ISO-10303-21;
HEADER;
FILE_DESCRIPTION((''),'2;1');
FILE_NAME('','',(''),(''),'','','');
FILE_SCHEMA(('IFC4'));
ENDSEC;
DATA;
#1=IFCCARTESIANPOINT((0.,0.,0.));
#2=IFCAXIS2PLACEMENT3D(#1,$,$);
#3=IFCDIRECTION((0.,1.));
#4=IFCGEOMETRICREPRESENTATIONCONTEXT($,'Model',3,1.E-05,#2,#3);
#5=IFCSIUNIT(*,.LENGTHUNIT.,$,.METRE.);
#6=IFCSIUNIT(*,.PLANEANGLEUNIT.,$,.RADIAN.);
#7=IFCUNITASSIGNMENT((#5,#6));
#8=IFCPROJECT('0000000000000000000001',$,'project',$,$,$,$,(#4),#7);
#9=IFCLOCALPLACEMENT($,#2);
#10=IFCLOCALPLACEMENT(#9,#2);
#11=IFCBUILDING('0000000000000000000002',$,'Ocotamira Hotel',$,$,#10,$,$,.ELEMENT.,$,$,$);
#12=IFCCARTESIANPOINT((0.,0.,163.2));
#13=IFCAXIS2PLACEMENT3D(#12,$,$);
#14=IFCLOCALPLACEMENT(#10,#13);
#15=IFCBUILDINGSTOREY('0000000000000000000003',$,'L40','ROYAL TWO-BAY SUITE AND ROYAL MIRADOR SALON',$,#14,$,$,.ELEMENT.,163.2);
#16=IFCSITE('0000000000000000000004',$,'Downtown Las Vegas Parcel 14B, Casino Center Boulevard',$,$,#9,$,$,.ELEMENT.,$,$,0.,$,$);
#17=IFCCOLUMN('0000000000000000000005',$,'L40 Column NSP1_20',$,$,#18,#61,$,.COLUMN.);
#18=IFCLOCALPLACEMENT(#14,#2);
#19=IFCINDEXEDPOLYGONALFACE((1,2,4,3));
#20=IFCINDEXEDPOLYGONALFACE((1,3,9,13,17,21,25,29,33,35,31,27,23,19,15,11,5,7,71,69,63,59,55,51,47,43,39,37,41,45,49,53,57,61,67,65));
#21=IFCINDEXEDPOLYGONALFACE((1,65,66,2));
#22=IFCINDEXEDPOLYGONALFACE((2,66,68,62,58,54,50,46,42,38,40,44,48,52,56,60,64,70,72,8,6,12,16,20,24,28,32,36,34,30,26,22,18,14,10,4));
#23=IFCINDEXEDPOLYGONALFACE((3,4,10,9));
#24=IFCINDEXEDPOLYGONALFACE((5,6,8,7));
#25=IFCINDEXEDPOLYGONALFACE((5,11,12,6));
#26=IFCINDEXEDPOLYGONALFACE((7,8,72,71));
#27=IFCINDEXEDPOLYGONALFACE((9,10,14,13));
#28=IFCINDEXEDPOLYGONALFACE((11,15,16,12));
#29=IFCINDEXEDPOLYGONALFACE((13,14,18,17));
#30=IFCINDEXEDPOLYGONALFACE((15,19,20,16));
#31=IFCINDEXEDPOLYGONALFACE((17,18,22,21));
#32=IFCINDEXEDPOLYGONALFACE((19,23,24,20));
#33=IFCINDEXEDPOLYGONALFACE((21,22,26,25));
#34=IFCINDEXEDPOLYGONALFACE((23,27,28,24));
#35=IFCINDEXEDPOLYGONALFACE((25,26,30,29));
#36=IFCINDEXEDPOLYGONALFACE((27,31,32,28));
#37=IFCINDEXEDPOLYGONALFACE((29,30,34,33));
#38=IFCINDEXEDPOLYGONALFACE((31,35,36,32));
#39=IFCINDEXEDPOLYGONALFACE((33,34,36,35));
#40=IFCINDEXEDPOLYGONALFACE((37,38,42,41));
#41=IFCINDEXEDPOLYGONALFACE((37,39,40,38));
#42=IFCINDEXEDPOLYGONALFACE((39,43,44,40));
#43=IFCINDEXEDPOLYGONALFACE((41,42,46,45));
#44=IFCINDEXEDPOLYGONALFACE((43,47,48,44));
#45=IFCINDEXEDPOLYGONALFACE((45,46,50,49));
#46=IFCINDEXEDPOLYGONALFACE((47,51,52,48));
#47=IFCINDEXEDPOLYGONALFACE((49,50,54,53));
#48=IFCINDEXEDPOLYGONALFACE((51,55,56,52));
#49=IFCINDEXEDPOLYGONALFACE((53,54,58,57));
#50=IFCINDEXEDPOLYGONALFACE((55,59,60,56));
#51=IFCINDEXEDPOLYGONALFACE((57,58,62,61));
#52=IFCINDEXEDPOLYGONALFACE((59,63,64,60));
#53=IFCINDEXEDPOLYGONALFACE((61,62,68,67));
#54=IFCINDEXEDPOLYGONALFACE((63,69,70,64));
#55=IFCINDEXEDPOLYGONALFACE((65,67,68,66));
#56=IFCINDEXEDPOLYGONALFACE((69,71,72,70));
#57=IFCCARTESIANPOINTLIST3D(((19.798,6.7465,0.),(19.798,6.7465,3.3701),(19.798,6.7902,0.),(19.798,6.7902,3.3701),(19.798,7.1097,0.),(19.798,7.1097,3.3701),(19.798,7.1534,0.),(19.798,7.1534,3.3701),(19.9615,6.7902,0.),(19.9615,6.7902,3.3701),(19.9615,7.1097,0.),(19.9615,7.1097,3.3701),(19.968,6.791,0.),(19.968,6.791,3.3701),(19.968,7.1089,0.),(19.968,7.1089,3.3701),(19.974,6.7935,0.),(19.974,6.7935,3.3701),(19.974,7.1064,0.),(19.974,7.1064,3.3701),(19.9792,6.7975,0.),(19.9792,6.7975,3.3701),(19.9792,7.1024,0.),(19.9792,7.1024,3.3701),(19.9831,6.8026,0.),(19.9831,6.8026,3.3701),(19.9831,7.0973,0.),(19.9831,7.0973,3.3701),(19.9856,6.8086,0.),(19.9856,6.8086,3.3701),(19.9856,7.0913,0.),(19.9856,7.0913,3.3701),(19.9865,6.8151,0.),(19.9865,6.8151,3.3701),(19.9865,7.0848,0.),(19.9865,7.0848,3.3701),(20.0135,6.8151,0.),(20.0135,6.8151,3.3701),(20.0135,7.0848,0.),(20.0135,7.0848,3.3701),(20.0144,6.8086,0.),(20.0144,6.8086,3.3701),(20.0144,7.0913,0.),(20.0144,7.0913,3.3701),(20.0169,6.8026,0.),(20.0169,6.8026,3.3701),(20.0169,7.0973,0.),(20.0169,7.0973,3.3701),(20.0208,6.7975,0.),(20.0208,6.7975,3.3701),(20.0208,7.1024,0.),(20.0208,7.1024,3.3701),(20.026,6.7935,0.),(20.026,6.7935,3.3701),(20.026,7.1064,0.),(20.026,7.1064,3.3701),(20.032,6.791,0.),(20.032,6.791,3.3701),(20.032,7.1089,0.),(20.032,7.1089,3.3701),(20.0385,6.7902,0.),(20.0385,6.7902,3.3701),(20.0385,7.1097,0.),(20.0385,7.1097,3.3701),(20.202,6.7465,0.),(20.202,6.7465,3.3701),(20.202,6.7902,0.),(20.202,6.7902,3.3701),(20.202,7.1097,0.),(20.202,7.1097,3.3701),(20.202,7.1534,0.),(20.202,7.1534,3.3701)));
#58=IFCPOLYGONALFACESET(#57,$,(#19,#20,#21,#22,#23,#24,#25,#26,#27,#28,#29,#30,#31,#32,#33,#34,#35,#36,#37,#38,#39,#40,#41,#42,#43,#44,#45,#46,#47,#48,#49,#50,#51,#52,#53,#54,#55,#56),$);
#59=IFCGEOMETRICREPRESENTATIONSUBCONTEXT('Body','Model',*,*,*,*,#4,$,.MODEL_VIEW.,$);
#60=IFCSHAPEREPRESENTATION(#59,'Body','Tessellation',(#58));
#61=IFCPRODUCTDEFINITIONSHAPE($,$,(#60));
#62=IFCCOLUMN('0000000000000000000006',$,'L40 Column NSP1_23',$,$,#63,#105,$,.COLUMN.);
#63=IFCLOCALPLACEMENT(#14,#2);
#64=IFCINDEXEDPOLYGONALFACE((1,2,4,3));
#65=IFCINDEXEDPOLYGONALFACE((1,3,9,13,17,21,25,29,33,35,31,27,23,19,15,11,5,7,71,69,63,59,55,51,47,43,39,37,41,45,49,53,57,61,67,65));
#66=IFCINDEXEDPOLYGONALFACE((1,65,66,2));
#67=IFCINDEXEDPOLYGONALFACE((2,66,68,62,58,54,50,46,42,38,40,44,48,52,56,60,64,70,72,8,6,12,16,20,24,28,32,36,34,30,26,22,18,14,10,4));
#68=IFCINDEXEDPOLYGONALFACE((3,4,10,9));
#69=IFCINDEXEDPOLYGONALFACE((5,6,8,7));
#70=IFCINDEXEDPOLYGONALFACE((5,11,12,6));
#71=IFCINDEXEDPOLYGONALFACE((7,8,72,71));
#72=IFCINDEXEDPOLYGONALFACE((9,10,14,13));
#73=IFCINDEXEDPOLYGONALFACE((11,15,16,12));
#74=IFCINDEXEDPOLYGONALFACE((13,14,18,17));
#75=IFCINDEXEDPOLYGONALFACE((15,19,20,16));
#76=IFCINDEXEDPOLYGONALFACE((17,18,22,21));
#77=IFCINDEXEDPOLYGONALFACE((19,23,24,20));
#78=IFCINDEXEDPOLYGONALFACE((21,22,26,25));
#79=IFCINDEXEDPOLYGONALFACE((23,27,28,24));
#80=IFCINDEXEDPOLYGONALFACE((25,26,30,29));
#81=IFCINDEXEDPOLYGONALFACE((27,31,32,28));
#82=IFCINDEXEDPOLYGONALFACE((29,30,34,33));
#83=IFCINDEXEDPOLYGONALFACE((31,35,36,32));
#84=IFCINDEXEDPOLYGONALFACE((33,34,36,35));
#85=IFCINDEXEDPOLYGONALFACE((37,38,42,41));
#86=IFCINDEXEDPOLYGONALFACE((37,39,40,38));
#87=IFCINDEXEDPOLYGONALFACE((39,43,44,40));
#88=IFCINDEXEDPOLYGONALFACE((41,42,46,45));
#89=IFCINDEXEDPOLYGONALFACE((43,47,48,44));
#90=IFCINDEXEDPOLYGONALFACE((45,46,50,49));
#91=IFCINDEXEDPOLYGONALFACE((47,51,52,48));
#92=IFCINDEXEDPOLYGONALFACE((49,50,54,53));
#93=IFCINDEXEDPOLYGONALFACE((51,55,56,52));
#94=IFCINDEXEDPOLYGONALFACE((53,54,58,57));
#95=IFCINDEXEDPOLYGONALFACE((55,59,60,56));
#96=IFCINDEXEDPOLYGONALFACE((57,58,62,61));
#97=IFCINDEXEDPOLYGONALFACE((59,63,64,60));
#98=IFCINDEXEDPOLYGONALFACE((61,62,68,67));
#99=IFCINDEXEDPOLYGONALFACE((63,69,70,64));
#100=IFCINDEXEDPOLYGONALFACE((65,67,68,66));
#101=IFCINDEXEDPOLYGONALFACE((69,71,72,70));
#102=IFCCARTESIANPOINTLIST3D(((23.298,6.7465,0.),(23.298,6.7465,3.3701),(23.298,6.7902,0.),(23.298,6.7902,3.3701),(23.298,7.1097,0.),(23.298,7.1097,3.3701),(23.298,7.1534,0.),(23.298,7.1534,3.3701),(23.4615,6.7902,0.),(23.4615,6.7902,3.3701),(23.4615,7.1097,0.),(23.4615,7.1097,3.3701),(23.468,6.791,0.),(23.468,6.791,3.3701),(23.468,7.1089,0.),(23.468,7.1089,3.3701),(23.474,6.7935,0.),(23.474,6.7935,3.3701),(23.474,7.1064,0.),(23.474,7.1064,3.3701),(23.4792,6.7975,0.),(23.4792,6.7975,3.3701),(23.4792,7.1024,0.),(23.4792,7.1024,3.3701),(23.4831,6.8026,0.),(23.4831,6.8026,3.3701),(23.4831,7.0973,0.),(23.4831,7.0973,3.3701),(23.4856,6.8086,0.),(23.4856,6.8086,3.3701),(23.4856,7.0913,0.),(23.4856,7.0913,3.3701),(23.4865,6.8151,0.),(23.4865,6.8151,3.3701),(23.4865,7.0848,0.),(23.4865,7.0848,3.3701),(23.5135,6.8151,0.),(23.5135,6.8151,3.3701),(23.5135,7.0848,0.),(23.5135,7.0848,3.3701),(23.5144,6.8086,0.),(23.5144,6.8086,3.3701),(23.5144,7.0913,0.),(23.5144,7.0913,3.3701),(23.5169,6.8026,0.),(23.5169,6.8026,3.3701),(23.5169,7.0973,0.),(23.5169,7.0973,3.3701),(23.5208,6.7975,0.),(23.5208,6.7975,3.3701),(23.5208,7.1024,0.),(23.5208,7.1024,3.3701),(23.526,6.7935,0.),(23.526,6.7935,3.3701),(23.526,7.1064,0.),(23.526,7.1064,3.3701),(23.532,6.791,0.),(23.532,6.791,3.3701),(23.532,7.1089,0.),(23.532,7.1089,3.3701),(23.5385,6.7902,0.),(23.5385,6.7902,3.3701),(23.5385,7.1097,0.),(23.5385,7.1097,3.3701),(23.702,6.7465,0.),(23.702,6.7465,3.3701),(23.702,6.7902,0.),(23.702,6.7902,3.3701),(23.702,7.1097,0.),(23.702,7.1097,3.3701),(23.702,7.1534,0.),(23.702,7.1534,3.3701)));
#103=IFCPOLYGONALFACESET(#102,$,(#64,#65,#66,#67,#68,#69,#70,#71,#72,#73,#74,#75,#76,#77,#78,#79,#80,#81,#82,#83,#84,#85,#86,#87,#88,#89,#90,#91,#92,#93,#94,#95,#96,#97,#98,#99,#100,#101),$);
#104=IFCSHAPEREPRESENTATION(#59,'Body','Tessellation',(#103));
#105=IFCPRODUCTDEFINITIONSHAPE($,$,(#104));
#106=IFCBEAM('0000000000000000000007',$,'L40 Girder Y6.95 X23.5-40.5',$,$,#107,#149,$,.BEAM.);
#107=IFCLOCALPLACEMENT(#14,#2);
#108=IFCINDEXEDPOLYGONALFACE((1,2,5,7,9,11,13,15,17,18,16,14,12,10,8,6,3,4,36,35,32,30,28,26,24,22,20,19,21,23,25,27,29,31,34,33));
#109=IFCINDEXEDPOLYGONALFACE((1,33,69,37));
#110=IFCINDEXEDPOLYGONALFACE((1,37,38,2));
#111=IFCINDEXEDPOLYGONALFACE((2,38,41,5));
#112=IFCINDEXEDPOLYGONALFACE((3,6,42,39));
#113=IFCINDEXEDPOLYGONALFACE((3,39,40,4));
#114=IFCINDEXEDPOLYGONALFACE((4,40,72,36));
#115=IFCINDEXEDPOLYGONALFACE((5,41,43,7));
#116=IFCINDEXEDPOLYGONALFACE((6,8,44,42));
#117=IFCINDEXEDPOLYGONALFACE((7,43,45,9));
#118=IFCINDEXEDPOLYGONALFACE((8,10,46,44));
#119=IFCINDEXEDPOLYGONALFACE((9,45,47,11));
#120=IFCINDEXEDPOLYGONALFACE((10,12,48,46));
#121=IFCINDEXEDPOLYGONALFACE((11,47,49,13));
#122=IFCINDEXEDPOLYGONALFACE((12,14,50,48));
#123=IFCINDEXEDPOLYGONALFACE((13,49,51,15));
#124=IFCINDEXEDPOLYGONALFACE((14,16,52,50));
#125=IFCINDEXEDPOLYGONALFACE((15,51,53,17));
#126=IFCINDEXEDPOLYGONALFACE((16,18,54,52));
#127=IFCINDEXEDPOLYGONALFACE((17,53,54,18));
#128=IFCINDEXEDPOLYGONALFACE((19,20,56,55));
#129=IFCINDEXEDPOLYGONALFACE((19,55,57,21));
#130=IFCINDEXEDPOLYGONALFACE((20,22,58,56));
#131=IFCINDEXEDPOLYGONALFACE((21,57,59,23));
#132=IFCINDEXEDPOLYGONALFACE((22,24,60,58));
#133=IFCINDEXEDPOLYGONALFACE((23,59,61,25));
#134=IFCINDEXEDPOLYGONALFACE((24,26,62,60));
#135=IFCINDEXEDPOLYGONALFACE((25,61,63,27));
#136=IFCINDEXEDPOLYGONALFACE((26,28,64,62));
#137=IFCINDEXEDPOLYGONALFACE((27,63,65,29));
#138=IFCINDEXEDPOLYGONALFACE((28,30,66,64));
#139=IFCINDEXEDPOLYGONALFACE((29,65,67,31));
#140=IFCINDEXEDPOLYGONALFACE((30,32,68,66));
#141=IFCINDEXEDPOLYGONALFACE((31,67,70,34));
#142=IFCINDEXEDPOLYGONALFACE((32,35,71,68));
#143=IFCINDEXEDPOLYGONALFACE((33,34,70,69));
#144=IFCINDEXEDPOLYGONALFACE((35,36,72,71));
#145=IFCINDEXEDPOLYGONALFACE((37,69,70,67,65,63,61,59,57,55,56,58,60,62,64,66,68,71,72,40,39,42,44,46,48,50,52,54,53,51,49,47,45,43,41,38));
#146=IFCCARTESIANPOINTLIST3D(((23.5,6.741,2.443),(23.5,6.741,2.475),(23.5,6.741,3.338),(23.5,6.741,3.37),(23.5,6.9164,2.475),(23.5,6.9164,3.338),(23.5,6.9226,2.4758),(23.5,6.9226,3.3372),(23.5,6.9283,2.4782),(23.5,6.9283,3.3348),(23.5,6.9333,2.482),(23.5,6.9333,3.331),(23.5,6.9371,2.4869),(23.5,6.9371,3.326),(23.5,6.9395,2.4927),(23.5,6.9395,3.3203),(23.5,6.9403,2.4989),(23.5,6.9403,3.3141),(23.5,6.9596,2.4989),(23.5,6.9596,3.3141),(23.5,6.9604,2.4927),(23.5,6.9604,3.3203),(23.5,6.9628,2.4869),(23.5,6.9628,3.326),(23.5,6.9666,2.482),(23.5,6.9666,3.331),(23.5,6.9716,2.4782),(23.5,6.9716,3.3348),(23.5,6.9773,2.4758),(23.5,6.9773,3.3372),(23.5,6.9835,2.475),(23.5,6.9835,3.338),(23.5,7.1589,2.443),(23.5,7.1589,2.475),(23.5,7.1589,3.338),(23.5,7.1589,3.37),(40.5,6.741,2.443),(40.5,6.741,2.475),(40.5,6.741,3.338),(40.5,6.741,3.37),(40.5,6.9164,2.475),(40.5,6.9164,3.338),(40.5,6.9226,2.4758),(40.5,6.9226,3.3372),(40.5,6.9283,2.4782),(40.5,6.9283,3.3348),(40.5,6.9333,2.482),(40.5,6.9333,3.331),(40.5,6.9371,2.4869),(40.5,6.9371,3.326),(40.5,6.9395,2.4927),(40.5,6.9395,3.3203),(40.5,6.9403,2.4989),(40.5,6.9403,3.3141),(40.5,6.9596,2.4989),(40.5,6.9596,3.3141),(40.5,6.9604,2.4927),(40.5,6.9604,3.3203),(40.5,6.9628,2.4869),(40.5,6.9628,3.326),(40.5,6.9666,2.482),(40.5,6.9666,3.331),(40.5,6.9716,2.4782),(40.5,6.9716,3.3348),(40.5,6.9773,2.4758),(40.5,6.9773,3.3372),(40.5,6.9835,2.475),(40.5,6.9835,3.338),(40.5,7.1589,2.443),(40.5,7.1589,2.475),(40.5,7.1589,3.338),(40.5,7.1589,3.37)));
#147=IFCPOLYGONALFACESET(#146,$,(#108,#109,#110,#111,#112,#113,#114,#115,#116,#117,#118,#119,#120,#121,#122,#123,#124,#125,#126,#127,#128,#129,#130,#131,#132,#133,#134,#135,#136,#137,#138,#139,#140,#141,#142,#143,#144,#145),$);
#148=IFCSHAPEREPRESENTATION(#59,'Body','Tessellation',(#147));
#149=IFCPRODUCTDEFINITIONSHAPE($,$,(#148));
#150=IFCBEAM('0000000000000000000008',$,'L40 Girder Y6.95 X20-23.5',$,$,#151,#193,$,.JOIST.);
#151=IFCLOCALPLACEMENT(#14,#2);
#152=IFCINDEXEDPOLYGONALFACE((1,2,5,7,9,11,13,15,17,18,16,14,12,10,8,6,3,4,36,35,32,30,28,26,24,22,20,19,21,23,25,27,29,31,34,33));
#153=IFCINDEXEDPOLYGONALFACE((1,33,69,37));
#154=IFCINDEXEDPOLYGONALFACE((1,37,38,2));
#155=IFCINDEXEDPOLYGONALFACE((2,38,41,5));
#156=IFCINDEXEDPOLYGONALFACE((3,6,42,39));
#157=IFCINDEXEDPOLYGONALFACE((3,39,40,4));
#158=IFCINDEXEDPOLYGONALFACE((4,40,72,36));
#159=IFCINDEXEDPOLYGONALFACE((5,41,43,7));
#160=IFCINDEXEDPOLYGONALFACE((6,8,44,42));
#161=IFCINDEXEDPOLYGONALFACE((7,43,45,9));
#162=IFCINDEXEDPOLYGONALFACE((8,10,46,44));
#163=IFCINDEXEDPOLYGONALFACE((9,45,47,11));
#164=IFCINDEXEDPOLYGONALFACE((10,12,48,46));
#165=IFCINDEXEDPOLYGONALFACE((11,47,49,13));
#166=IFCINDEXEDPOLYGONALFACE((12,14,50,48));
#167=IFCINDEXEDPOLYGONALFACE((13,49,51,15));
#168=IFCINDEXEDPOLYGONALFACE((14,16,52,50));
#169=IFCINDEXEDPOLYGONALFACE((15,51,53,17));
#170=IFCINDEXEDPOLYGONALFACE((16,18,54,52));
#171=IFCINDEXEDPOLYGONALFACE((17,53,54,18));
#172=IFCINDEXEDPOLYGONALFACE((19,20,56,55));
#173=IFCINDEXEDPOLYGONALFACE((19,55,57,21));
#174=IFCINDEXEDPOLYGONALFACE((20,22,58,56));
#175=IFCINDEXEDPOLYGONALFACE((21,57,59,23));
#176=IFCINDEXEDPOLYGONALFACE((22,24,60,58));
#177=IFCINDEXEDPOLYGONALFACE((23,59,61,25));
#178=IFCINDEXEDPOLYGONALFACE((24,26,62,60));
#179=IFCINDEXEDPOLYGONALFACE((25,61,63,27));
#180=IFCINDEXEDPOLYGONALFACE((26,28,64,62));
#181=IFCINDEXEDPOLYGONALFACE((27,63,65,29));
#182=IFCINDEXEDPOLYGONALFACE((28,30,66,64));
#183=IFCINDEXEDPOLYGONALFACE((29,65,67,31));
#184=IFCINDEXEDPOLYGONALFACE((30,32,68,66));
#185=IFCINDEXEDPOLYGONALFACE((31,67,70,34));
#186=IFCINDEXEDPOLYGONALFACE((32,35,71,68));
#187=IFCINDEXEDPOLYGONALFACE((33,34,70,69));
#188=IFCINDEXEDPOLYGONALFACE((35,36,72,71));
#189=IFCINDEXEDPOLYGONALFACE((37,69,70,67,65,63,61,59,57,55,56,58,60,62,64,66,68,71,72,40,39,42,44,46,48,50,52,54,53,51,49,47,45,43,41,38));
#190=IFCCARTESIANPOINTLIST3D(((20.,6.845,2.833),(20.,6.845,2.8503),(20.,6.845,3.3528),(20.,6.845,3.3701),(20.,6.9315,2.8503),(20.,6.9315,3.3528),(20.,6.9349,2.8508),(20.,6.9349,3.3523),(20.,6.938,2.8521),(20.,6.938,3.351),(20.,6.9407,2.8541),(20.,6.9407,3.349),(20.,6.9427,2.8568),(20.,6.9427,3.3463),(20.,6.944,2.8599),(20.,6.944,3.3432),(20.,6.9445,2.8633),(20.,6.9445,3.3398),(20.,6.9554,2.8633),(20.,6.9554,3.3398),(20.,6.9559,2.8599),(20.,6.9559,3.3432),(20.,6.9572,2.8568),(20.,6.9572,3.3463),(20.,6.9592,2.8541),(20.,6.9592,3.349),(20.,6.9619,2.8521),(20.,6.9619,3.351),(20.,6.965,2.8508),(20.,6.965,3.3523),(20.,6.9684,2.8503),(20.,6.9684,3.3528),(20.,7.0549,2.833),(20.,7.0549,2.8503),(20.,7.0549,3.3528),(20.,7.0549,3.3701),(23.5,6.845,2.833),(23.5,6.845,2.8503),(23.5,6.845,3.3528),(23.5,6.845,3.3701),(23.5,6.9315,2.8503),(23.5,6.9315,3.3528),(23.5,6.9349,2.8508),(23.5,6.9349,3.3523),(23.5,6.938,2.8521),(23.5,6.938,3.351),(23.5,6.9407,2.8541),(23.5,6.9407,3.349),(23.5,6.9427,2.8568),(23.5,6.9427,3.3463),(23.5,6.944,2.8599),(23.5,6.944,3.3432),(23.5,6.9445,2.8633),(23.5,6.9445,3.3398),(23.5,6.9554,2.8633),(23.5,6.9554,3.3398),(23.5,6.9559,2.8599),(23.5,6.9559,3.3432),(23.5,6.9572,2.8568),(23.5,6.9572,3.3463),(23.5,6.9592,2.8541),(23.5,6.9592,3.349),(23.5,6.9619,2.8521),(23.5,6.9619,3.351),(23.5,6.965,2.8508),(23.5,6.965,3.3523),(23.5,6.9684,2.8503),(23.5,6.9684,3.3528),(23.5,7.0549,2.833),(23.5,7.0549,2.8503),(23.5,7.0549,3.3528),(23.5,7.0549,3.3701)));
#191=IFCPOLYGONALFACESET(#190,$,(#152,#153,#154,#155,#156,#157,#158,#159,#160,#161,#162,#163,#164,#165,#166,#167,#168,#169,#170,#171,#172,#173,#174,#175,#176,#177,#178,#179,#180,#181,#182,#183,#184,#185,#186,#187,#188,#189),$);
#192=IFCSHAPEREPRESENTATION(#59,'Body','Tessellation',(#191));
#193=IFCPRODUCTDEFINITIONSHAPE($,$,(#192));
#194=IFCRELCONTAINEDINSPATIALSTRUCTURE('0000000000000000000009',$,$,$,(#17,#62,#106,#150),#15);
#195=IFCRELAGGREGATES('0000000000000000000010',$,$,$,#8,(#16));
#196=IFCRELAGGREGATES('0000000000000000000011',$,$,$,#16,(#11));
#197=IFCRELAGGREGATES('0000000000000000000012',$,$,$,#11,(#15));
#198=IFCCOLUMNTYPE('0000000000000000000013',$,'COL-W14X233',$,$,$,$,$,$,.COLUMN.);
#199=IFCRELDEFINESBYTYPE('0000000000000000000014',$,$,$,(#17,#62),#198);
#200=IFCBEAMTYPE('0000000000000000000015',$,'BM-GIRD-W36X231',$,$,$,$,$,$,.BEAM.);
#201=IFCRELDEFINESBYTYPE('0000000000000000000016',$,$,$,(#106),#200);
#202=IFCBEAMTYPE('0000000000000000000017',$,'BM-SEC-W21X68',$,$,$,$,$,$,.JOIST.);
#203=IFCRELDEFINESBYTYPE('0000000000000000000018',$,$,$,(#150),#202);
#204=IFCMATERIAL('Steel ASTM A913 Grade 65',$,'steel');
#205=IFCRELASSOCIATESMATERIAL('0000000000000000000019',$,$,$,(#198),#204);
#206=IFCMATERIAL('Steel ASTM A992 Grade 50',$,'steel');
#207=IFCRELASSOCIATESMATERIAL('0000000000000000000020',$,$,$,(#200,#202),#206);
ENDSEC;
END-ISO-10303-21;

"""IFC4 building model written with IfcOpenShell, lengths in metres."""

from ifc_helpers import new_model, si_unit, direction, frame, origin, origin_2d, place, context, subcontext, project, spatial, i_section, extrude, source, transform, mapped, material, material_profile, profile_set, type_object, element, save


model = new_model("IFC4")

# Units and contexts
model_context = context("Model", 3, precision=1e-05, world=origin(), true_north=direction((0.0, 1.0)))
body_context = subcontext(model_context, "Body", "Model", "MODEL_VIEW")
ifc_project = project(units=[si_unit("LENGTHUNIT", "METRE"), si_unit("PLANEANGLEUNIT", "RADIAN")], contexts=[model_context])

# Site, building, storey
site_placement = place(None, origin())
site = spatial("IfcSite", under=ifc_project, at=site_placement, Name="Downtown Las Vegas Parcel 14B, Casino Center Boulevard", CompositionType="ELEMENT", RefElevation=0.0)
building_placement = place(site_placement, origin())
building = spatial("IfcBuilding", under=site, at=building_placement, Name="Ocotamira Hotel", CompositionType="ELEMENT")
storey_placement = place(building_placement, frame((0.0, 0.0, 163.2)))
storey = spatial("IfcBuildingStorey", under=building, at=storey_placement, Name="L40", Description="ROYAL TWO-BAY SUITE AND ROYAL MIRADOR SALON", CompositionType="ELEMENT", Elevation=163.2)

# Columns
ifc_material_1 = material(Name="Steel ASTM A913 Grade 65", Category="steel")
ifc_material_profile_1 = material_profile(ifc_material_1, i_section(OverallWidth=0.4041, OverallDepth=0.407, WebThickness=0.0271, FlangeThickness=0.0437, FilletRadius=0.0249, at=origin_2d()), Name="W14X233")
ifc_profile_set_1 = profile_set([ifc_material_profile_1], Name="Steel ASTM A913 Grade 65")
column_type = type_object("IfcColumnType", Name="COL-W14X233", PredefinedType="COLUMN", material=ifc_profile_set_1)
shared_shape_1 = source(origin(), body_context, "Body", "SweptSolid", [
    extrude(i_section(OverallWidth=0.4041, OverallDepth=0.407, WebThickness=0.0271, FlangeThickness=0.0437, FilletRadius=0.0249, at=origin_2d()), origin(), (0.0, 0.0, 1.0), 3.3701),
])
for number, where, z_axis, x_axis, name in (
    (1, (20.0, 6.95, 0.0), (0.0, 0.0, 1.0), (1.0, 0.0, 0.0), "L40 Column NSP1_20"),
    (2, (23.5, 6.95, 0.0), (0.0, 0.0, 1.0), (1.0, 0.0, 0.0), "L40 Column NSP1_23"),
):
    element("IfcColumn", number, at=place(storey_placement, frame(where, z_axis=z_axis, x_axis=x_axis)), inside=storey, type_object=column_type, Name=name, PredefinedType="COLUMN", context=body_context, shape_type="MappedRepresentation", body=[
        mapped(shared_shape_1, transform((0.0, 0.0, 0.0), scale=1.0)),
    ])

# Beams
ifc_material_2 = material(Name="Steel ASTM A992 Grade 50", Category="steel")
ifc_material_profile_2 = material_profile(ifc_material_2, i_section(OverallWidth=0.418, OverallDepth=0.927, WebThickness=0.0193, FlangeThickness=0.032, FilletRadius=0.0239, at=origin_2d()), Name="W36X231")
ifc_profile_set_2 = profile_set([ifc_material_profile_2], Name="Steel ASTM A992 Grade 50")
beam_type_1 = type_object("IfcBeamType", Name="BM-GIRD-W36X231", PredefinedType="BEAM", material=ifc_profile_set_2)
shared_shape_2 = source(origin(), body_context, "Body", "SweptSolid", [
    extrude(i_section(OverallWidth=0.418, OverallDepth=0.927, WebThickness=0.0193, FlangeThickness=0.032, FilletRadius=0.0239, at=origin_2d()), origin(), (0.0, 0.0, 1.0), 17.0),
])
beam_1_placement = place(storey_placement, frame((23.5, 6.95, 2.9065), z_axis=(1.0, 0.0, 0.0), x_axis=(0.0, 1.0, 0.0)))
element("IfcBeam", 3, at=beam_1_placement, inside=storey, type_object=beam_type_1, Name="L40 Girder Y6.95 X23.5-40.5", PredefinedType="BEAM", context=body_context, shape_type="MappedRepresentation", body=[
    mapped(shared_shape_2, transform((0.0, 0.0, 0.0), scale=1.0)),
])
ifc_material_profile_3 = material_profile(ifc_material_2, i_section(OverallWidth=0.21, OverallDepth=0.5371, WebThickness=0.011, FlangeThickness=0.0173, FilletRadius=0.0129, at=origin_2d()), Name="W21X68")
ifc_profile_set_3 = profile_set([ifc_material_profile_3], Name="Steel ASTM A992 Grade 50")
beam_type_2 = type_object("IfcBeamType", Name="BM-SEC-W21X68", PredefinedType="JOIST", material=ifc_profile_set_3)
shared_shape_3 = source(origin(), body_context, "Body", "SweptSolid", [
    extrude(i_section(OverallWidth=0.21, OverallDepth=0.5371, WebThickness=0.011, FlangeThickness=0.0173, FilletRadius=0.0129, at=origin_2d()), origin(), (0.0, 0.0, 1.0), 3.5),
])
beam_2_placement = place(storey_placement, frame((20.0, 6.95, 3.1016), z_axis=(1.0, 0.0, 0.0), x_axis=(0.0, 1.0, 0.0)))
element("IfcBeam", 4, at=beam_2_placement, inside=storey, type_object=beam_type_2, Name="L40 Girder Y6.95 X20-23.5", PredefinedType="JOIST", context=body_context, shape_type="MappedRepresentation", body=[
    mapped(shared_shape_3, transform((0.0, 0.0, 0.0), scale=1.0)),
])

save(model, "model.ifc")
